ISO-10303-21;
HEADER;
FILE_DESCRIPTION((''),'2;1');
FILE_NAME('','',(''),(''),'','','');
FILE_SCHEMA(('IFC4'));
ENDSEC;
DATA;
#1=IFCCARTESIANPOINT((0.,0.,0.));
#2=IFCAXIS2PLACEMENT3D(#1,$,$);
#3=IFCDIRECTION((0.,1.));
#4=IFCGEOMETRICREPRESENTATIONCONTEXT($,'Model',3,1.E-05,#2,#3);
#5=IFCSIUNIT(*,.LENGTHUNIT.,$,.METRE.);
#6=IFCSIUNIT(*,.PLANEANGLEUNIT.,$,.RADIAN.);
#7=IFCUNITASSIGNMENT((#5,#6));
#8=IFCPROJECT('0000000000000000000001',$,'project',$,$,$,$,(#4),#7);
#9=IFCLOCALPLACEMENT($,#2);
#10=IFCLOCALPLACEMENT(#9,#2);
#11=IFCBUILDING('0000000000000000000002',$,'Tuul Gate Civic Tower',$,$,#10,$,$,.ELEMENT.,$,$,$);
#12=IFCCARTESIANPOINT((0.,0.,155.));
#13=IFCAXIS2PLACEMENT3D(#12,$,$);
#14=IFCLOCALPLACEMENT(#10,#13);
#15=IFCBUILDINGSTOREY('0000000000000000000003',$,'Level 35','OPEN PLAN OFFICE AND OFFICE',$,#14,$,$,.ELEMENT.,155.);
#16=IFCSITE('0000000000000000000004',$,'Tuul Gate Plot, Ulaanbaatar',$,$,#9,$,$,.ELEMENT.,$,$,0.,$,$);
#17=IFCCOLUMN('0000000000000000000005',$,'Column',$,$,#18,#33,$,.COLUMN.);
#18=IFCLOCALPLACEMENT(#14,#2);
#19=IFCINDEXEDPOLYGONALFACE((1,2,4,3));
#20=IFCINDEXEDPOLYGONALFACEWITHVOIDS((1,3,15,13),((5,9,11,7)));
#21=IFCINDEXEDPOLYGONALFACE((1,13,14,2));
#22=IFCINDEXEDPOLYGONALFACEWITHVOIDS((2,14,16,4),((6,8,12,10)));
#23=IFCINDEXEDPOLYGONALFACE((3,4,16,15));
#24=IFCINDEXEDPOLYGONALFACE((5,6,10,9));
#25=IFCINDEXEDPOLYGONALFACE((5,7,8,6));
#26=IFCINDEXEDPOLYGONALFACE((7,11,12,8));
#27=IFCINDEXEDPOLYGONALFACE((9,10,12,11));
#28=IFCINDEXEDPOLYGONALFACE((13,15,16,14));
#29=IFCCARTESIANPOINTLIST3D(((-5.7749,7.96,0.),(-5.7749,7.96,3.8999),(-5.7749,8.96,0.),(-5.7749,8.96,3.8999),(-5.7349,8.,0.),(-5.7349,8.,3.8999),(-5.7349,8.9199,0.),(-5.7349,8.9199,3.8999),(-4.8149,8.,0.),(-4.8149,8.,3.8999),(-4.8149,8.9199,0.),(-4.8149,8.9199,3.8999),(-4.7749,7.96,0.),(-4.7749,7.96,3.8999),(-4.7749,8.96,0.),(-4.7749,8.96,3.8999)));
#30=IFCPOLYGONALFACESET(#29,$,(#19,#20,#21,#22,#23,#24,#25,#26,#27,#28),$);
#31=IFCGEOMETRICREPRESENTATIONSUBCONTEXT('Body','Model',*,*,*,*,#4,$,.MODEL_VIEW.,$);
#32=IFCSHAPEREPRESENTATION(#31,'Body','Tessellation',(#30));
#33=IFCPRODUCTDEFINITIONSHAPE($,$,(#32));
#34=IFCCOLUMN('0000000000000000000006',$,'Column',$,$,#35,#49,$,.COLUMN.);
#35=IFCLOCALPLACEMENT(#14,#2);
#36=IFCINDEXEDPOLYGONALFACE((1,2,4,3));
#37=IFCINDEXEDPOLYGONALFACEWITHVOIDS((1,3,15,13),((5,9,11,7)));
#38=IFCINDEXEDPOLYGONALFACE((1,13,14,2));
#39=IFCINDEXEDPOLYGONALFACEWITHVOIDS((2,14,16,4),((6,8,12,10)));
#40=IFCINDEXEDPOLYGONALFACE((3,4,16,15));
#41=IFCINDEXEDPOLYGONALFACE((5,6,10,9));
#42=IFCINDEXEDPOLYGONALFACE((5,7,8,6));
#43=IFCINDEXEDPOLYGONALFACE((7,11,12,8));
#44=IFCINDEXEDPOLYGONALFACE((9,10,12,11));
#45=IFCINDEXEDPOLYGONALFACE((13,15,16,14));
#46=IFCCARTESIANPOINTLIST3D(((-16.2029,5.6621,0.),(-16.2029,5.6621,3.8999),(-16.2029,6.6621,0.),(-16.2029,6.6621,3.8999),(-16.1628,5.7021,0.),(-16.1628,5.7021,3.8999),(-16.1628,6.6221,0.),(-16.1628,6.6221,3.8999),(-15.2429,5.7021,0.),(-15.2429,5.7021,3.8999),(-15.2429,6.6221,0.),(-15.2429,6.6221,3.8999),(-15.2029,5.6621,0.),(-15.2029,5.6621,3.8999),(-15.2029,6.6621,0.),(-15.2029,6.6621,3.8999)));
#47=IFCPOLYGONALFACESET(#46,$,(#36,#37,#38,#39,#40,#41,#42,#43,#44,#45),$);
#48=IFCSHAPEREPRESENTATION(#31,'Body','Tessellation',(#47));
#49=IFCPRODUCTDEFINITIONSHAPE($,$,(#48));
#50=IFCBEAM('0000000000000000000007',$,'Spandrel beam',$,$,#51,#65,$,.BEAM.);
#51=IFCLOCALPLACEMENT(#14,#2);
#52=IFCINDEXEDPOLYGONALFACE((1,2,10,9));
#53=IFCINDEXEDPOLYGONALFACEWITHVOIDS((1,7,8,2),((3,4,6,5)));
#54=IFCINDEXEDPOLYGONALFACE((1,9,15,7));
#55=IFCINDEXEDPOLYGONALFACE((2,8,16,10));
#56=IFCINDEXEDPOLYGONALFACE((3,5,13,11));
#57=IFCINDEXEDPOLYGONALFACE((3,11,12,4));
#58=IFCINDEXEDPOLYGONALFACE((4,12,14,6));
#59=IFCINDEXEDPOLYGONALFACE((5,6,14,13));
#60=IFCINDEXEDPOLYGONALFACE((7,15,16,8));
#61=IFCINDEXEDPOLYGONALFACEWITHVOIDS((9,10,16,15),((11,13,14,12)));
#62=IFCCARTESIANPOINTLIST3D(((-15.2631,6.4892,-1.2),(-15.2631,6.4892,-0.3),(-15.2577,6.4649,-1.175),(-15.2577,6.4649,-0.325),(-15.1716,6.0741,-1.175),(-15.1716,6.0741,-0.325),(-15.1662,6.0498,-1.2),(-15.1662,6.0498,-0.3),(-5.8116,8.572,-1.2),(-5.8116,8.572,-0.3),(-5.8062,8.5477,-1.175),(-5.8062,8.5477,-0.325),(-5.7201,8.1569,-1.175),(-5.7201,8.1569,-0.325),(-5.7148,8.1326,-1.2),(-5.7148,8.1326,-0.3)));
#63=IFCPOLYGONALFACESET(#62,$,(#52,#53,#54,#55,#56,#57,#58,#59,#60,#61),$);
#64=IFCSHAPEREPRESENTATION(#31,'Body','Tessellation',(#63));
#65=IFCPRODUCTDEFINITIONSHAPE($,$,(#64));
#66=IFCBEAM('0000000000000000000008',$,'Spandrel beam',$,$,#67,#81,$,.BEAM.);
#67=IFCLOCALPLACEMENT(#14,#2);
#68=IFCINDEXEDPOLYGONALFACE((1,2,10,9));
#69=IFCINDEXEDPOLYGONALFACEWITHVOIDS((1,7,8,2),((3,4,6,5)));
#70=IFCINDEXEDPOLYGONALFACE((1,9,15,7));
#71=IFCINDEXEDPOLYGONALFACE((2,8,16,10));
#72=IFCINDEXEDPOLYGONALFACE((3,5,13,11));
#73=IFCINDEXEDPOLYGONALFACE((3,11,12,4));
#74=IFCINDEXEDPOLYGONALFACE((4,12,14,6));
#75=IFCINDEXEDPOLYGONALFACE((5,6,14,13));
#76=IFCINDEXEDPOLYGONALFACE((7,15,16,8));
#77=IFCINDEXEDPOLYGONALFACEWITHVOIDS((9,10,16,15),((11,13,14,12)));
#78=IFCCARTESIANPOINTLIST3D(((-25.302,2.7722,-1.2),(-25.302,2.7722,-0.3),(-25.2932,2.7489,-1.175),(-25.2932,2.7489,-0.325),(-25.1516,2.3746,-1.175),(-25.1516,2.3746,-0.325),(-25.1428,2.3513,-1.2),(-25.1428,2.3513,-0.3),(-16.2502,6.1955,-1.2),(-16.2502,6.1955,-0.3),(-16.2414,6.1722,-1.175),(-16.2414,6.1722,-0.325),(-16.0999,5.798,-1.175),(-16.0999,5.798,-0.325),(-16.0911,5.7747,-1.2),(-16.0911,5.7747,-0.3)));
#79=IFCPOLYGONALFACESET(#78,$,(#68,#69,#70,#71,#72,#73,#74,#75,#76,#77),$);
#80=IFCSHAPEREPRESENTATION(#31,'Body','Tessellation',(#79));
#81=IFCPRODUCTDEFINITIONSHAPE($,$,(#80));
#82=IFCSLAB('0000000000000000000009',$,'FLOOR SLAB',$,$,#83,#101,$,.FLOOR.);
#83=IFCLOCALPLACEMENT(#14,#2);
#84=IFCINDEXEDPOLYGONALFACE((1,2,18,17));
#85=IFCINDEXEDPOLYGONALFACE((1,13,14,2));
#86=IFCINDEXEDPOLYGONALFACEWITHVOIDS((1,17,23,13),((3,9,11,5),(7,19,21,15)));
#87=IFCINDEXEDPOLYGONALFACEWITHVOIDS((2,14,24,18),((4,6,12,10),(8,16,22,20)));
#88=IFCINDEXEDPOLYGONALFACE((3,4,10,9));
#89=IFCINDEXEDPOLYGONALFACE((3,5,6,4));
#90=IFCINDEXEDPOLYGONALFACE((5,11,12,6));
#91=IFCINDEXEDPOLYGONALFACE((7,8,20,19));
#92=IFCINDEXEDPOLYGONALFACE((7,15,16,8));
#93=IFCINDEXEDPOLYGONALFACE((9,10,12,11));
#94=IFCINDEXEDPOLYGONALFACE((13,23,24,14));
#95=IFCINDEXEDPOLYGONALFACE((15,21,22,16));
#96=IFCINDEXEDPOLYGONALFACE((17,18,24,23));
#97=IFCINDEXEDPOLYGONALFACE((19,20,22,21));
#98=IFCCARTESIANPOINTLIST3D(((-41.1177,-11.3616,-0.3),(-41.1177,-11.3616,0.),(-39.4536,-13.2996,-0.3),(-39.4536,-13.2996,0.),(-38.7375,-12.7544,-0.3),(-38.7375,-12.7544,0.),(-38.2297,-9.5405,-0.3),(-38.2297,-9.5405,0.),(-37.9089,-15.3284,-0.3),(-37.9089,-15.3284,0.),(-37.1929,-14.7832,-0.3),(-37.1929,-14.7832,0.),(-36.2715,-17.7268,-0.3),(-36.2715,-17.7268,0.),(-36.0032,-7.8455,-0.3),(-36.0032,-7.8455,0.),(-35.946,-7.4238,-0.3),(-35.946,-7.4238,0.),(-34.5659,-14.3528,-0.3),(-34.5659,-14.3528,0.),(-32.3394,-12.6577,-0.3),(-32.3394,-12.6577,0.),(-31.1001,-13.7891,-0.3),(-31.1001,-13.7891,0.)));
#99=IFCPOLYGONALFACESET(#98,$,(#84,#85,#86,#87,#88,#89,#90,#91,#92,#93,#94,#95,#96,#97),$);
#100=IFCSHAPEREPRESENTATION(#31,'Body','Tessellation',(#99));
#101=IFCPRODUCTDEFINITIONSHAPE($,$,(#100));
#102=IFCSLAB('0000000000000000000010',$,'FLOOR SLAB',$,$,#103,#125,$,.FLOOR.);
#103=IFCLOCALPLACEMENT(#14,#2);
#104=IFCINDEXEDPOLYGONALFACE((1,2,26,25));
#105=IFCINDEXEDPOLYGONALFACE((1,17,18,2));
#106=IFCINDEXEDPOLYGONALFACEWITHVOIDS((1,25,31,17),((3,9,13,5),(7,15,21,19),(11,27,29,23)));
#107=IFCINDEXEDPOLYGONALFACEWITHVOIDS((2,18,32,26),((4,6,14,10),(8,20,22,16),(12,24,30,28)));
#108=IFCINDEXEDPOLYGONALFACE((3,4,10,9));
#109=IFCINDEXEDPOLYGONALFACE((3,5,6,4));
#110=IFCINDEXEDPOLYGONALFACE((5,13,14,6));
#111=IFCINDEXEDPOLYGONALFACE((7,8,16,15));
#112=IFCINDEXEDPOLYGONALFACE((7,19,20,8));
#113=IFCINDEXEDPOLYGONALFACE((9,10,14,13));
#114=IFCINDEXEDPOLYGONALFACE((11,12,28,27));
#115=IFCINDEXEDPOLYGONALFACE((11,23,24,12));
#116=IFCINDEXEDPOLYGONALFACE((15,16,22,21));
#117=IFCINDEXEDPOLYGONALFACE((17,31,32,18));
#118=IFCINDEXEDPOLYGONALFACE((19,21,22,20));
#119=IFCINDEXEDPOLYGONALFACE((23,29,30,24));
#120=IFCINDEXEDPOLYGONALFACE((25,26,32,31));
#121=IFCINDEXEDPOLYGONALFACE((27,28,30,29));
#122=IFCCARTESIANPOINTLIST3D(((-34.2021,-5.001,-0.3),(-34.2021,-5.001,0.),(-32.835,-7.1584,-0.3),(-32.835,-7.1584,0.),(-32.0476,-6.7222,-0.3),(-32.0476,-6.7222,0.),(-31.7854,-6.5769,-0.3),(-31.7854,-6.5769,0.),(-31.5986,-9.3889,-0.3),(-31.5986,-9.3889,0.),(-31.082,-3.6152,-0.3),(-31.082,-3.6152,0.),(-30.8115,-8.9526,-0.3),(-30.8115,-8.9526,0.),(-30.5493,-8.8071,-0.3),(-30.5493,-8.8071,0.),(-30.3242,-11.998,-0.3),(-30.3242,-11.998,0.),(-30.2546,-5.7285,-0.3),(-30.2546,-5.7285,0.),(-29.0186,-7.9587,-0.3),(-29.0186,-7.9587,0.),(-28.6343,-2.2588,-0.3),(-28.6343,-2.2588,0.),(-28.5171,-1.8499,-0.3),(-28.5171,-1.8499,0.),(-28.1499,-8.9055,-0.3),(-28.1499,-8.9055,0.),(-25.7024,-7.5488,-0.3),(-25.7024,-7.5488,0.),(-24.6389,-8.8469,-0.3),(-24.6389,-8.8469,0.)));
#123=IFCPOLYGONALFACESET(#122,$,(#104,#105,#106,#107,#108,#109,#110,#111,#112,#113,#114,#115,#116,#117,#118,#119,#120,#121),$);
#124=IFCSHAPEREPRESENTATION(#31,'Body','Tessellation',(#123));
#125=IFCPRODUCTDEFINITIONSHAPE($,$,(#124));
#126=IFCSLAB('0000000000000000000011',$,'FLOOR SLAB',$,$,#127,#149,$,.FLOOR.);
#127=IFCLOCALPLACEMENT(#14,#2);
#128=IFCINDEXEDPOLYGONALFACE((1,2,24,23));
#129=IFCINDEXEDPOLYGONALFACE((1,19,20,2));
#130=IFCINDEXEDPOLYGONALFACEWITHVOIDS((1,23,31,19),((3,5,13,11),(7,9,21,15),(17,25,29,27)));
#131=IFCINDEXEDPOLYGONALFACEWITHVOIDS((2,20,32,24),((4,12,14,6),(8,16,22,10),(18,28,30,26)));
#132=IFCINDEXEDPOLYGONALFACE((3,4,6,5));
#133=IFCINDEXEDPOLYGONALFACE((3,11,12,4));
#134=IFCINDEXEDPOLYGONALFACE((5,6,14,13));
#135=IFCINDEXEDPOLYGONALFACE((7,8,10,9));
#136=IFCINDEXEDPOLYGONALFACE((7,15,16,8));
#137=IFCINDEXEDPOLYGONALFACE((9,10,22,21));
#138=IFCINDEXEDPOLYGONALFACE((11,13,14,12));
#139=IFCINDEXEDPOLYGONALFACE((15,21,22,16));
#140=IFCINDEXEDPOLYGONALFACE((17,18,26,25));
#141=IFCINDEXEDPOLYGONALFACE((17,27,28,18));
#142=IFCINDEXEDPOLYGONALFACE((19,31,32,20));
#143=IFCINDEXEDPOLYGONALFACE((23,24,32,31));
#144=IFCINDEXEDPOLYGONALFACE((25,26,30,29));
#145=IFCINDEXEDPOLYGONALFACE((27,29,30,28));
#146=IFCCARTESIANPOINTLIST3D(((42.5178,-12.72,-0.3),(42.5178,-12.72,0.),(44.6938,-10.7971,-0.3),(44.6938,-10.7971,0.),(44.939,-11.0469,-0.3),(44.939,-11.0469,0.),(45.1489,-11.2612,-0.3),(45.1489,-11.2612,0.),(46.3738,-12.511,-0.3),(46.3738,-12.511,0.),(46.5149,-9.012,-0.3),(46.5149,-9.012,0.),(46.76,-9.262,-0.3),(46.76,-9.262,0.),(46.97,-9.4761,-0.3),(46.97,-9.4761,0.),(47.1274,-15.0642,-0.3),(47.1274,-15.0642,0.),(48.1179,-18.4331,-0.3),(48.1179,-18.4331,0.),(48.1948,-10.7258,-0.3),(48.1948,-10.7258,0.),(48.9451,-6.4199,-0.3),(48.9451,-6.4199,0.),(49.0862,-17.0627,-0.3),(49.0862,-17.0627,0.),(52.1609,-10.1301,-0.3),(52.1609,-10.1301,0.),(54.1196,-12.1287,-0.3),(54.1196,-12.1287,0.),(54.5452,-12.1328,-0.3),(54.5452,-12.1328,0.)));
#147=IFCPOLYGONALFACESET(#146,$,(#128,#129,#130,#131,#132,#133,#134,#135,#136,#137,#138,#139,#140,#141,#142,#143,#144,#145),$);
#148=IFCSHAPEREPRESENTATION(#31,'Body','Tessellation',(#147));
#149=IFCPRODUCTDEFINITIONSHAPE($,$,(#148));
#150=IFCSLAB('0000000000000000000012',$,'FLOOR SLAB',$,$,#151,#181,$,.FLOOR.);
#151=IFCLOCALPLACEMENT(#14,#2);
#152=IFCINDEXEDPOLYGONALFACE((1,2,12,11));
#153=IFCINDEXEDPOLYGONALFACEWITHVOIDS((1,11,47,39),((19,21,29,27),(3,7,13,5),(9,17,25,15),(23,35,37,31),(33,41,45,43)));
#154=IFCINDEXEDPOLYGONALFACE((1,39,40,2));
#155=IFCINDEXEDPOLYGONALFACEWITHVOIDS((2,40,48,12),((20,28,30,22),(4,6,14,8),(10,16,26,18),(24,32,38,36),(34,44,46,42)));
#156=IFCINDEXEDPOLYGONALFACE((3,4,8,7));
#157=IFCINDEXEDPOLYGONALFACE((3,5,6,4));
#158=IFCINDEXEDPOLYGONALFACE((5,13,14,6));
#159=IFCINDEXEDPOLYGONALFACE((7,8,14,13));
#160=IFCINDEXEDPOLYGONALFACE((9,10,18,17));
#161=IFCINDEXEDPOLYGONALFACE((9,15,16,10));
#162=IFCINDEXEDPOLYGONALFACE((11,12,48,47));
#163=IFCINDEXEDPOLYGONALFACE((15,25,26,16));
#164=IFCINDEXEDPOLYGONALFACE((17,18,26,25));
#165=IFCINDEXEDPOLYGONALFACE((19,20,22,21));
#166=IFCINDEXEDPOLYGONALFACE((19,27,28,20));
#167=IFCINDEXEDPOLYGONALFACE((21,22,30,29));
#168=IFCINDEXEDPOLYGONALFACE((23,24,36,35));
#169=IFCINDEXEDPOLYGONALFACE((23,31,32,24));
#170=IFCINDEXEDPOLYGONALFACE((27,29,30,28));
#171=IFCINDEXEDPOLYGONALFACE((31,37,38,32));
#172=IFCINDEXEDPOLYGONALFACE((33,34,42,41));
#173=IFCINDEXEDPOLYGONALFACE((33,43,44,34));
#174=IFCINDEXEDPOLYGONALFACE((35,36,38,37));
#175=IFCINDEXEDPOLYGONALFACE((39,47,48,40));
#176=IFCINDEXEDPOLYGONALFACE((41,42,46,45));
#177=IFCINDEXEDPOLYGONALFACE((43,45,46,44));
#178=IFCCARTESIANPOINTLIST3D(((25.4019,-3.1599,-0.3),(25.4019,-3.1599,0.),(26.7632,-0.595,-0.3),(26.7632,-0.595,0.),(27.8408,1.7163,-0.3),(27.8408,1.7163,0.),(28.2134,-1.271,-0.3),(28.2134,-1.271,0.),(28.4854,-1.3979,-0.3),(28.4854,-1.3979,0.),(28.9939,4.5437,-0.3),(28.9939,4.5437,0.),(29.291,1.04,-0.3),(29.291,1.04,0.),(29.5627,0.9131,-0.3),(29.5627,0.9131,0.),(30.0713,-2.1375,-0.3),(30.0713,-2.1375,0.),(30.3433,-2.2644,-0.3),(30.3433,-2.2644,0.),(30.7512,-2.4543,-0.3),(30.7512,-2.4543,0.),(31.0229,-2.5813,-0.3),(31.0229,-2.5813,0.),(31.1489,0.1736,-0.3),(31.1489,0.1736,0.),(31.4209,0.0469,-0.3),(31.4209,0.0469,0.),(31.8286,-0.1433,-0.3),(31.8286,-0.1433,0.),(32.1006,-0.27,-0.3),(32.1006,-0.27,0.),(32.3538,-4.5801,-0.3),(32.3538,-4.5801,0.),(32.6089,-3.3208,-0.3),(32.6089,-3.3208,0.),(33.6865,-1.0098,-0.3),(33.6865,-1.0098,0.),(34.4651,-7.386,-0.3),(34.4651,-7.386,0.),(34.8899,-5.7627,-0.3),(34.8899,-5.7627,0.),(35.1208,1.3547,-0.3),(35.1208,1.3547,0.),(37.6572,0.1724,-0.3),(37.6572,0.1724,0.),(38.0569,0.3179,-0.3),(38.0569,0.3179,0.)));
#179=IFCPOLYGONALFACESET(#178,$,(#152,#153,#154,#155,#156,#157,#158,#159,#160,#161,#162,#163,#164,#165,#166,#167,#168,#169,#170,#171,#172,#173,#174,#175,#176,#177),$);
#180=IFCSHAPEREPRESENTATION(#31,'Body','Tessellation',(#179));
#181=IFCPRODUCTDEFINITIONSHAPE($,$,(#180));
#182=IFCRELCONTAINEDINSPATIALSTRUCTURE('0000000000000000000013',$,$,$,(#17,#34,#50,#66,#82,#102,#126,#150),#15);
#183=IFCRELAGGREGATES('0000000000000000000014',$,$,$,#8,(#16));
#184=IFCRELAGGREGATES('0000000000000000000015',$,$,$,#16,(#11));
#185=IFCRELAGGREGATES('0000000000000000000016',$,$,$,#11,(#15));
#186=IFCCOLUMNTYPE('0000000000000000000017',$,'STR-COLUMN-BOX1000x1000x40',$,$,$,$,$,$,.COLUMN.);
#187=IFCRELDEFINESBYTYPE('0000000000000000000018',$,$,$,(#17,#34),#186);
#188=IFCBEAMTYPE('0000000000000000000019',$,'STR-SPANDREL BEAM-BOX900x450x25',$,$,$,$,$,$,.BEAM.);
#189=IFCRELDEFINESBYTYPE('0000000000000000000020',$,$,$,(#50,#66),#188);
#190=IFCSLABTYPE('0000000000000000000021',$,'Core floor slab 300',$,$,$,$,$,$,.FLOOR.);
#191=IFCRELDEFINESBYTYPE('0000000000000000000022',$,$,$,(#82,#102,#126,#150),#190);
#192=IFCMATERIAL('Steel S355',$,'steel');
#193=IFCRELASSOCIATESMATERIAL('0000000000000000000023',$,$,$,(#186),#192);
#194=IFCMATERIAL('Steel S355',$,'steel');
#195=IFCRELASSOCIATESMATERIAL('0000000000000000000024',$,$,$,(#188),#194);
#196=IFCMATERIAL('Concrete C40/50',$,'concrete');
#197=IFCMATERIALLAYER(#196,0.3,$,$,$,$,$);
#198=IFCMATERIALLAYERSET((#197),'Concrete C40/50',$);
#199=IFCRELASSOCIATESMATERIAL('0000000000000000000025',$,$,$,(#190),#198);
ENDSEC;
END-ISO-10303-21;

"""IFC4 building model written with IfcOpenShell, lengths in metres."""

from ifc_helpers import new_model, si_unit, direction, frame, origin, origin_2d, place, context, subcontext, project, spatial, polyline, hollow_rectangle, outline, extrude, material, layer, layer_set, material_profile, profile_set, type_object, element, save


model = new_model("IFC4")

# Units and contexts
model_context = context("Model", 3, precision=1e-05, world=origin(), true_north=direction((0.0, 1.0)))
body_context = subcontext(model_context, "Body", "Model", "MODEL_VIEW")
ifc_project = project(units=[si_unit("LENGTHUNIT", "METRE"), si_unit("PLANEANGLEUNIT", "RADIAN")], contexts=[model_context])

# Site, building, storey
site_placement = place(None, origin())
site = spatial("IfcSite", under=ifc_project, at=site_placement, Name="Tuul Gate Plot, Ulaanbaatar", CompositionType="ELEMENT", RefElevation=0.0)
building_placement = place(site_placement, origin())
building = spatial("IfcBuilding", under=site, at=building_placement, Name="Tuul Gate Civic Tower", CompositionType="ELEMENT")
storey_placement = place(building_placement, frame((0.0, 0.0, 155.0)))
storey = spatial("IfcBuildingStorey", under=building, at=storey_placement, Name="Level 35", Description="OPEN PLAN OFFICE AND OFFICE", CompositionType="ELEMENT", Elevation=155.0)

# Columns
ifc_material_1 = material(Name="Steel S355", Category="steel")
ifc_material_profile_1 = material_profile(ifc_material_1, hollow_rectangle(XDim=1.0, YDim=1.0, WallThickness=0.04, at=origin_2d()), Name="BOX1000x1000x40")
ifc_profile_set_1 = profile_set([ifc_material_profile_1], Name="Steel S355")
column_type = type_object("IfcColumnType", Name="STR-COLUMN-BOX1000x1000x40", PredefinedType="COLUMN", material=ifc_profile_set_1)
for number, where, z_axis, x_axis, name in (
    (1, (-5.2749, 8.46, 0.0), (0.0, 0.0, 1.0), (1.0, 0.0, 0.0), "Column"),
    (2, (-15.7029, 6.1621, 0.0), (0.0, 0.0, 1.0), (1.0, 0.0, 0.0), "Column"),
):
    element("IfcColumn", number, at=place(storey_placement, frame(where, z_axis=z_axis, x_axis=x_axis)), inside=storey, type_object=column_type, Name=name, PredefinedType="COLUMN", context=body_context, shape_type="SweptSolid", body=[
        extrude(hollow_rectangle(XDim=1.0, YDim=1.0, WallThickness=0.04, at=origin_2d()), origin(), (0.0, 0.0, 1.0), 3.8999),
    ])

# Beams
ifc_material_2 = material(Name="Steel S355", Category="steel")
ifc_material_profile_2 = material_profile(ifc_material_2, hollow_rectangle(XDim=0.45, YDim=0.8999, WallThickness=0.0249, at=origin_2d()), Name="BOX900x450x25")
ifc_profile_set_2 = profile_set([ifc_material_profile_2], Name="Steel S355")
beam_type = type_object("IfcBeamType", Name="STR-SPANDREL BEAM-BOX900x450x25", PredefinedType="BEAM", material=ifc_profile_set_2)
beam_1_placement = place(storey_placement, frame((-5.7632, 8.3523, -0.75), z_axis=(-0.97657, -0.215202, 0.0), x_axis=(0.215202, -0.97657, 0.0)))
element("IfcBeam", 3, at=beam_1_placement, inside=storey, type_object=beam_type, Name="Spandrel beam", PredefinedType="BEAM", context=body_context, shape_type="SweptSolid", body=[
    extrude(hollow_rectangle(XDim=0.45, YDim=0.8999, WallThickness=0.0249, at=origin_2d()), origin(), (0.0, 0.0, 1.0), 9.6782),
])
beam_2_placement = place(storey_placement, frame((-16.1707, 5.9851, -0.75), z_axis=(-0.935343, -0.353743, 0.0), x_axis=(0.353743, -0.935343, 0.0)))
element("IfcBeam", 4, at=beam_2_placement, inside=storey, type_object=beam_type, Name="Spandrel beam", PredefinedType="BEAM", context=body_context, shape_type="SweptSolid", body=[
    extrude(hollow_rectangle(XDim=0.45, YDim=0.8999, WallThickness=0.0249, at=origin_2d()), origin(), (0.0, 0.0, 1.0), 9.6775),
])

# Slabs
ifc_material_3 = material(Name="Concrete C40/50", Category="concrete")
ifc_layer_1 = layer(ifc_material_3, 0.3)
ifc_layer_set_1 = layer_set([ifc_layer_1], Name="Concrete C40/50")
slab_type_1 = type_object("IfcSlabType", Name="Core floor slab 300", PredefinedType="FLOOR", material=ifc_layer_set_1)
slab_1_placement = place(storey_placement, frame((0.0, 0.0, -0.3)))
element("IfcSlab", 5, at=slab_1_placement, inside=storey, type_object=slab_type_1, Name="FLOOR SLAB", PredefinedType="FLOOR", context=body_context, shape_type="SweptSolid", body=[
    extrude(outline(polyline([(-31.1001, -13.7891), (-35.946, -7.4238), (-41.1177, -11.3616), (-36.2715, -17.7268), (-31.1001, -13.7891)]), holes=[polyline([(-37.1929, -14.7832), (-38.7375, -12.7544), (-39.4536, -13.2996), (-37.9089, -15.3284), (-37.1929, -14.7832)]), polyline([(-32.3394, -12.6577), (-34.5659, -14.3528), (-38.2297, -9.5405), (-36.0032, -7.8455), (-32.3394, -12.6577)])]), origin(), (0.0, 0.0, 1.0), 0.3),
])
slab_2_placement = place(storey_placement, frame((0.0, 0.0, -0.3)))
element("IfcSlab", 6, at=slab_2_placement, inside=storey, type_object=slab_type_1, Name="FLOOR SLAB", PredefinedType="FLOOR", context=body_context, shape_type="SweptSolid", body=[
    extrude(outline(polyline([(-24.6389, -8.8469), (-28.5171, -1.8499), (-34.2021, -5.001), (-30.3242, -11.998), (-24.6389, -8.8469)]), holes=[polyline([(-29.0186, -7.9587), (-30.2546, -5.7285), (-31.7854, -6.5769), (-30.5493, -8.8071), (-29.0186, -7.9587)]), polyline([(-30.8115, -8.9526), (-32.0476, -6.7222), (-32.835, -7.1584), (-31.5986, -9.3889), (-30.8115, -8.9526)]), polyline([(-25.7024, -7.5488), (-28.1499, -8.9055), (-31.082, -3.6152), (-28.6343, -2.2588), (-25.7024, -7.5488)])]), origin(), (0.0, 0.0, 1.0), 0.3),
])
slab_3_placement = place(storey_placement, frame((0.0, 0.0, -0.3)))
element("IfcSlab", 7, at=slab_3_placement, inside=storey, type_object=slab_type_1, Name="FLOOR SLAB", PredefinedType="FLOOR", context=body_context, shape_type="SweptSolid", body=[
    extrude(outline(polyline([(48.1179, -18.4331), (54.5452, -12.1328), (48.9451, -6.4199), (42.5178, -12.72), (48.1179, -18.4331)]), holes=[polyline([(46.3738, -12.511), (48.1948, -10.7258), (46.97, -9.4761), (45.1489, -11.2612), (46.3738, -12.511)]), polyline([(44.939, -11.0469), (46.76, -9.262), (46.5149, -9.012), (44.6938, -10.7971), (44.939, -11.0469)]), polyline([(49.0862, -17.0627), (47.1274, -15.0642), (52.1609, -10.1301), (54.1196, -12.1287), (49.0862, -17.0627)])]), origin(), (0.0, 0.0, 1.0), 0.3),
])
slab_4_placement = place(storey_placement, frame((0.0, 0.0, -0.3)))
element("IfcSlab", 8, at=slab_4_placement, inside=storey, type_object=slab_type_1, Name="FLOOR SLAB", PredefinedType="FLOOR", context=body_context, shape_type="SweptSolid", body=[
    extrude(outline(polyline([(34.4651, -7.386), (38.0569, 0.3179), (28.9939, 4.5437), (25.4019, -3.1599), (34.4651, -7.386)]), holes=[polyline([(32.6089, -3.3208), (33.6865, -1.0098), (32.1006, -0.27), (31.0229, -2.5813), (32.6089, -3.3208)]), polyline([(30.0713, -2.1375), (31.1489, 0.1736), (29.5627, 0.9131), (28.4854, -1.3979), (30.0713, -2.1375)]), polyline([(30.7512, -2.4543), (31.8286, -0.1433), (31.4209, 0.0469), (30.3433, -2.2644), (30.7512, -2.4543)]), polyline([(28.2134, -1.271), (29.291, 1.04), (27.8408, 1.7163), (26.7632, -0.595), (28.2134, -1.271)]), polyline([(34.8899, -5.7627), (32.3538, -4.5801), (35.1208, 1.3547), (37.6572, 0.1724), (34.8899, -5.7627)])]), origin(), (0.0, 0.0, 1.0), 0.3),
])

save(model, "model.ifc")
